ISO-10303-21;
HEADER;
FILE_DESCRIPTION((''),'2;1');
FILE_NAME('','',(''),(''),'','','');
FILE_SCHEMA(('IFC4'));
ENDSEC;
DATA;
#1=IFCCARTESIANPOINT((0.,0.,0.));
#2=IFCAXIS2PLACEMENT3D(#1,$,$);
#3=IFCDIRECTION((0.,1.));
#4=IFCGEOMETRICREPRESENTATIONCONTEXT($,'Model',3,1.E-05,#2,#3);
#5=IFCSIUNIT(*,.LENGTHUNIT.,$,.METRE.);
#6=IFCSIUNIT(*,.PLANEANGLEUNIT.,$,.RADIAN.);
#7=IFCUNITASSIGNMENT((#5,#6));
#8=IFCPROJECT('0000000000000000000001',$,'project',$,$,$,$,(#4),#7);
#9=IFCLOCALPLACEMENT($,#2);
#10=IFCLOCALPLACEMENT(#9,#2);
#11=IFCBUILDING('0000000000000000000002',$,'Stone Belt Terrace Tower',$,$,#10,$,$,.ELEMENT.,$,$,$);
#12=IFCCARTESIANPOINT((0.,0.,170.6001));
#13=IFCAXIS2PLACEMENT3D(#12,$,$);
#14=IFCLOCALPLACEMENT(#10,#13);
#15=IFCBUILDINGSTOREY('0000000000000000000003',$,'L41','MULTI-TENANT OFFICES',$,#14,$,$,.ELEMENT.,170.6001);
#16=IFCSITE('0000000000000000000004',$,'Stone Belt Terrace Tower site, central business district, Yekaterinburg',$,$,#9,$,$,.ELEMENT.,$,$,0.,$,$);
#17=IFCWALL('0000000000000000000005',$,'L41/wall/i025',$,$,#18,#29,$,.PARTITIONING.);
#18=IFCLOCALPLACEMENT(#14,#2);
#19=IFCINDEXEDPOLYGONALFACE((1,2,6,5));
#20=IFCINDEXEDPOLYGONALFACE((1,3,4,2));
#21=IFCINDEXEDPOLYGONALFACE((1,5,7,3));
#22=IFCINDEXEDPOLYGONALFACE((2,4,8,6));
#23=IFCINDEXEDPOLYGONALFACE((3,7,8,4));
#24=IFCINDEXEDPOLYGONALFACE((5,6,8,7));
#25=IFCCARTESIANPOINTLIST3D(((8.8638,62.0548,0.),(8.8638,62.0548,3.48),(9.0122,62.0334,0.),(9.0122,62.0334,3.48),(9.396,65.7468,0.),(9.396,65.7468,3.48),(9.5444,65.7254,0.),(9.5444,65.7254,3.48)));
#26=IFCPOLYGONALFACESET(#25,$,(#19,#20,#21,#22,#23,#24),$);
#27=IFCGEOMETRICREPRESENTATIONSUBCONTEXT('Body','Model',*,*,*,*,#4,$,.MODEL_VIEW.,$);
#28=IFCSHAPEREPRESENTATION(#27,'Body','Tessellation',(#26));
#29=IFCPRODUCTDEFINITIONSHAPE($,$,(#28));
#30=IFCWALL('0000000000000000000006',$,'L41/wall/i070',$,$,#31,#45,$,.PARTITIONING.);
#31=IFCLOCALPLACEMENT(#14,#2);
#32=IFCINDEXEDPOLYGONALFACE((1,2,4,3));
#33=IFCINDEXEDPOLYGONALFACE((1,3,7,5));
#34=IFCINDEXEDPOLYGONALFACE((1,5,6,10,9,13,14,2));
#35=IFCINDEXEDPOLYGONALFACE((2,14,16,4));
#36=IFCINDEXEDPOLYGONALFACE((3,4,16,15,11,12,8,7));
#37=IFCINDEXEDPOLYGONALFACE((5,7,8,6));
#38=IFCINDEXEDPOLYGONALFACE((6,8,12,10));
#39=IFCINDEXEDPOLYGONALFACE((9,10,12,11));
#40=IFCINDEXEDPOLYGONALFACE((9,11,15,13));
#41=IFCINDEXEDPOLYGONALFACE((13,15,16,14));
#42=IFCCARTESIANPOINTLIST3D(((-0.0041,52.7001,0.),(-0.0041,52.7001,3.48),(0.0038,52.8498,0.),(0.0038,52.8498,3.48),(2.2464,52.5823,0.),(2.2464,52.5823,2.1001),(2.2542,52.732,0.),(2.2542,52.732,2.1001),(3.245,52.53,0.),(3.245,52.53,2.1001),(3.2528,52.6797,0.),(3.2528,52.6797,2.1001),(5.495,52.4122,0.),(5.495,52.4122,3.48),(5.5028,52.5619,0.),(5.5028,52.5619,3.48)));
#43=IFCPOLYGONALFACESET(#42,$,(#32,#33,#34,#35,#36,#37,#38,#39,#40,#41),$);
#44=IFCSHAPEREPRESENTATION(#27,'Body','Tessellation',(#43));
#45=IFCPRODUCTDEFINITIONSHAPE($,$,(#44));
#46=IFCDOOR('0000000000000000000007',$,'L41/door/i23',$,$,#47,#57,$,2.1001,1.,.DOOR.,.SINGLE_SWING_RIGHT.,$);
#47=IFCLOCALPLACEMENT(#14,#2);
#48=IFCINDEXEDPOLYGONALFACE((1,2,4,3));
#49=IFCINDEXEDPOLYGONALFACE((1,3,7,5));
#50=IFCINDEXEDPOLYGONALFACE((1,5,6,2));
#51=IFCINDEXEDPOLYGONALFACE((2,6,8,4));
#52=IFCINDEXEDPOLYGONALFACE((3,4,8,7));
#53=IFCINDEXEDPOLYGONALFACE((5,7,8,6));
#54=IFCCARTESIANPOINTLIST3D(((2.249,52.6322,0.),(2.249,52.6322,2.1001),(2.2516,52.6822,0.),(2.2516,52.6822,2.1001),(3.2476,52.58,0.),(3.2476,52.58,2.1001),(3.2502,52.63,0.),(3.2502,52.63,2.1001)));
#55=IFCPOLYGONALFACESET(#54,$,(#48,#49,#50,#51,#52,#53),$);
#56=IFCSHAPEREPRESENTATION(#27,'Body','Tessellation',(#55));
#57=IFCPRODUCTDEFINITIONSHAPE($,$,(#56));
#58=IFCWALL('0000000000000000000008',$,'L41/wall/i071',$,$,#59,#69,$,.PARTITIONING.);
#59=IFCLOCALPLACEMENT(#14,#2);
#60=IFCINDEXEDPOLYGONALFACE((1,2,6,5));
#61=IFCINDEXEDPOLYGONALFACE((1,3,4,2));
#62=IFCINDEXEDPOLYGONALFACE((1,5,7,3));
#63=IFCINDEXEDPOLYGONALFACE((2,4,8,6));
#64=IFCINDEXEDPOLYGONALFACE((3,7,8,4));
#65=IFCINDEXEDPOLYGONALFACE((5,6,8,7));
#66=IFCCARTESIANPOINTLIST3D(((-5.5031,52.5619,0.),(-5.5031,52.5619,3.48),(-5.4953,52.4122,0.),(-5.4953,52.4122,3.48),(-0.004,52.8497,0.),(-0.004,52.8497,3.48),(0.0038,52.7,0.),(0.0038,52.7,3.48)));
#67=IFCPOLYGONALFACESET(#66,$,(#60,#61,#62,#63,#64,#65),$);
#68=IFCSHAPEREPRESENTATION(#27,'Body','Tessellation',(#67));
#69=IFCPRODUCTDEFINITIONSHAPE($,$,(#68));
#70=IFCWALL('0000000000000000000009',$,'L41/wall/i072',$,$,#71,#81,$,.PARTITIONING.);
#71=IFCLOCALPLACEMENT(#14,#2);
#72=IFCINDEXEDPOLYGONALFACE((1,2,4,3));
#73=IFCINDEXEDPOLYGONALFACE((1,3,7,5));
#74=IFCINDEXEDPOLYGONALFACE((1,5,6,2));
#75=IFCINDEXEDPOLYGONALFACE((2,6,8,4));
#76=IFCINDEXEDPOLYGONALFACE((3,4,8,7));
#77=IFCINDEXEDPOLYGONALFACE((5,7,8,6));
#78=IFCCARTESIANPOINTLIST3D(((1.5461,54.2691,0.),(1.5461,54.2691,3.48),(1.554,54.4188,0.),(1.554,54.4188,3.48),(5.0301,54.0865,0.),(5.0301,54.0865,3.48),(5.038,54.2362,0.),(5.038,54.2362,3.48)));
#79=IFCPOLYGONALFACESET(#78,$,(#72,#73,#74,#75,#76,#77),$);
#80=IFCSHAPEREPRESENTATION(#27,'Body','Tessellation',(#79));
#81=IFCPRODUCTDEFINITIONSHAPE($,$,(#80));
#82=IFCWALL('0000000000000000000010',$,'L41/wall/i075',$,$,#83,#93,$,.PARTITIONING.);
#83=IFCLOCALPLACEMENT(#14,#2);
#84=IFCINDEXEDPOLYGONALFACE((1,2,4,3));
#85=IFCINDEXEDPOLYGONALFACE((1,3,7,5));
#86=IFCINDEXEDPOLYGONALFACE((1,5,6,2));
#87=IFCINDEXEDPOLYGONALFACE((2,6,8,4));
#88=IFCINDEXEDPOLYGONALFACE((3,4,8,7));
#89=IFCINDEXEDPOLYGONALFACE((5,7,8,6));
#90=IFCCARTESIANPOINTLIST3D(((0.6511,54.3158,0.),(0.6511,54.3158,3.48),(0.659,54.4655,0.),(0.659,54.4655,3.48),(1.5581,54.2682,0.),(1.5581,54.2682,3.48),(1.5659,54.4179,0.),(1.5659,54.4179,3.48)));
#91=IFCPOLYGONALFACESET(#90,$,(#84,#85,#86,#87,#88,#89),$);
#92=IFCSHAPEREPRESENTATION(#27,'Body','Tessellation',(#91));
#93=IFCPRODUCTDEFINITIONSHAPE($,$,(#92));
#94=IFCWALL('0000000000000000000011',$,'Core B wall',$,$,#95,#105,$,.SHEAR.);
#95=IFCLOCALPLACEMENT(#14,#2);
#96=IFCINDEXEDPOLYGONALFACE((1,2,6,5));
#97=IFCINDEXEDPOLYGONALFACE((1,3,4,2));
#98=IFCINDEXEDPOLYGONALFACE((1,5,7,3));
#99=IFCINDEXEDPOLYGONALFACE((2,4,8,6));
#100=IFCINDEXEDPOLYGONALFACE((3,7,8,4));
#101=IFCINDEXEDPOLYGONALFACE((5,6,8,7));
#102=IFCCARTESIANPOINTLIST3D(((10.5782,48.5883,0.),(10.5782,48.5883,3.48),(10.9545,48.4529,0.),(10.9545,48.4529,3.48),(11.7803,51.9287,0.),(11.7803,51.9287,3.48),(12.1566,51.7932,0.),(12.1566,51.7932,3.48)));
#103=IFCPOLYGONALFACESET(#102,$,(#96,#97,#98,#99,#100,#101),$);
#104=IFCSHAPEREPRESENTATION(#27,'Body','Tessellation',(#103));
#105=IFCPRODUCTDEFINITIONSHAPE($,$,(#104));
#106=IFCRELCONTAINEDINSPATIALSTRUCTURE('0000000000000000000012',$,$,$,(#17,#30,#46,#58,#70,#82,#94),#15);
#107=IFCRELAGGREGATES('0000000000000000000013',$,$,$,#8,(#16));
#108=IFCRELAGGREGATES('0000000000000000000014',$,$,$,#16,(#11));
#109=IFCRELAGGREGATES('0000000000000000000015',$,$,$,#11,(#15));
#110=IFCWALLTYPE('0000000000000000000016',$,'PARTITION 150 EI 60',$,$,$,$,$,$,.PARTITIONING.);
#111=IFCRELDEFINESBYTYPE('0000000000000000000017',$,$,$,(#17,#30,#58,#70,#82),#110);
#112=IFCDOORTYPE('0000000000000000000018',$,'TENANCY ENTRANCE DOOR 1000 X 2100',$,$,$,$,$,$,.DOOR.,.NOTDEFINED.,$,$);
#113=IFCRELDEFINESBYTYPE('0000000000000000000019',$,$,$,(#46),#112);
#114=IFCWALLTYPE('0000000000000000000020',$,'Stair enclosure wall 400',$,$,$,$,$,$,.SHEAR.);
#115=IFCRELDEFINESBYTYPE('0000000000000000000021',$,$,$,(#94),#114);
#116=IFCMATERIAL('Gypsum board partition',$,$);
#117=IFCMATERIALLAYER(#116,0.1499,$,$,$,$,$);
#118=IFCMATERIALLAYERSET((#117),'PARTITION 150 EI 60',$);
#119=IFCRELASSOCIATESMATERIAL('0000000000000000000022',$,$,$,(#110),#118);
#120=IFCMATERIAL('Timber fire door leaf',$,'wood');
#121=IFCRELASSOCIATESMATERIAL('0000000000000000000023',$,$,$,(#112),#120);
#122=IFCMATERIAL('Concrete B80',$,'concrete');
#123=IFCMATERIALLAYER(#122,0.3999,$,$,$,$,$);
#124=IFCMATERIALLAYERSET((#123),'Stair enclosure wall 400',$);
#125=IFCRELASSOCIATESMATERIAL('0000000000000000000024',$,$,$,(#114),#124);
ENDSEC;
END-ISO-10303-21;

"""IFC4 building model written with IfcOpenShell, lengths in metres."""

from ifc_helpers import new_model, si_unit, direction, frame, frame_2d, origin, place, context, subcontext, project, spatial, rectangle, extrude, material, layer, layer_set, type_object, element, fill, save


model = new_model("IFC4")

# Units and contexts
model_context = context("Model", 3, precision=1e-05, world=origin(), true_north=direction((0.0, 1.0)))
body_context = subcontext(model_context, "Body", "Model", "MODEL_VIEW")
ifc_project = project(units=[si_unit("LENGTHUNIT", "METRE"), si_unit("PLANEANGLEUNIT", "RADIAN")], contexts=[model_context])

# Site, building, storey
site_placement = place(None, origin())
site = spatial("IfcSite", under=ifc_project, at=site_placement, Name="Stone Belt Terrace Tower site, central business district, Yekaterinburg", CompositionType="ELEMENT", RefElevation=0.0)
building_placement = place(site_placement, origin())
building = spatial("IfcBuilding", under=site, at=building_placement, Name="Stone Belt Terrace Tower", CompositionType="ELEMENT")
storey_placement = place(building_placement, frame((0.0, 0.0, 170.6001)))
storey = spatial("IfcBuildingStorey", under=building, at=storey_placement, Name="L41", Description="MULTI-TENANT OFFICES", CompositionType="ELEMENT", Elevation=170.6001)

# Shared definitions
ifc_material_1 = material(Name="Concrete B80", Category="concrete")

# Shared definitions
ifc_material_2 = material(Name="Gypsum board partition")

# Shared definitions
ifc_layer_1 = layer(ifc_material_2, 0.1499)
ifc_layer_set_1 = layer_set([ifc_layer_1], Name="PARTITION 150 EI 60")
wall_type_1 = type_object("IfcWallType", Name="PARTITION 150 EI 60", PredefinedType="PARTITIONING", material=ifc_layer_set_1)

# Shared definitions
ifc_material_3 = material(Name="Timber fire door leaf", Category="wood")
door_type_1 = type_object("IfcDoorType", Name="TENANCY ENTRANCE DOOR 1000 X 2100", OperationType="NOTDEFINED", PredefinedType="DOOR", material=ifc_material_3)

# Wall
wall_1_placement = place(storey_placement, frame((8.938, 62.0439, 0.0), z_axis=(0.0, 0.0, 1.0), x_axis=(0.142677, 0.989769, 0.0)))
element("IfcWall", 1, at=wall_1_placement, inside=storey, type_object=wall_type_1, Name="L41/wall/i025", PredefinedType="PARTITIONING", context=body_context, shape_type="SweptSolid", body=[
    extrude(rectangle(XDim=3.7302, YDim=0.1499, at=frame_2d((1.8652, 0.0))), origin(), (0.0, 0.0, 1.0), 3.48),
])

# Wall, opening, door
wall_2_placement = place(storey_placement, frame((5.499, 52.4871, 0.0), z_axis=(0.0, 0.0, 1.0), x_axis=(-0.998633, 0.052273, 0.0)))
wall_2 = element("IfcWall", 2, at=wall_2_placement, inside=storey, type_object=wall_type_1, Name="L41/wall/i070", PredefinedType="PARTITIONING", context=body_context, shape_type="SweptSolid", body=[
    extrude(rectangle(XDim=5.5066, YDim=0.1499, at=frame_2d((2.7534, 0.0))), origin(), (0.0, 0.0, 1.0), 3.48),
])
opening_1_placement = place(wall_2_placement, frame((2.2532, 0.0, 0.0)))
opening_1 = element("IfcOpeningElement", 3, at=opening_1_placement, cuts=wall_2, PredefinedType="OPENING", context=body_context, shape_type="SweptSolid", body=[
    extrude(rectangle(XDim=1.0, YDim=2.1001, at=frame_2d((0.5, 1.05))), frame((0.0, 0.085, 0.0), z_axis=(0.0, -1.0, 0.0), x_axis=(1.0, 0.0, 0.0)), (0.0, 0.0, 1.0), 0.1699),
])
door_1_placement = place(opening_1_placement, origin())
door_1 = element("IfcDoor", 4, at=door_1_placement, inside=storey, type_object=door_type_1, Name="L41/door/i23", OperationType="SINGLE_SWING_RIGHT", OverallHeight=2.1001, OverallWidth=1.0, PredefinedType="DOOR", context=body_context, shape_type="SweptSolid", body=[
    extrude(rectangle(XDim=1.0, YDim=2.1001, at=frame_2d((0.5, 1.05))), frame((0.0, 0.0249, 0.0), z_axis=(0.0, -1.0, 0.0), x_axis=(1.0, 0.0, 0.0)), (0.0, 0.0, 1.0), 0.05),
])
fill(opening_1, door_1)

# Walls
wall_3_placement = place(storey_placement, frame((0.0, 52.7749, 0.0), z_axis=(0.0, 0.0, 1.0), x_axis=(-0.998633, -0.052273, 0.0)))
element("IfcWall", 5, at=wall_3_placement, inside=storey, type_object=wall_type_1, Name="L41/wall/i071", PredefinedType="PARTITIONING", context=body_context, shape_type="SweptSolid", body=[
    extrude(rectangle(XDim=5.5066, YDim=0.1499, at=frame_2d((2.7534, 0.0))), origin(), (0.0, 0.0, 1.0), 3.48),
])
wall_4_placement = place(storey_placement, frame((1.55, 54.344, 0.0), z_axis=(0.0, 0.0, 1.0), x_axis=(0.998629, -0.052346, 0.0)))
element("IfcWall", 6, at=wall_4_placement, inside=storey, type_object=wall_type_1, Name="L41/wall/i072", PredefinedType="PARTITIONING", context=body_context, shape_type="SweptSolid", body=[
    extrude(rectangle(XDim=3.4888, YDim=0.1499, at=frame_2d((1.7444, 0.0))), origin(), (0.0, 0.0, 1.0), 3.48),
])
wall_5_placement = place(storey_placement, frame((0.655, 54.3906, 0.0), z_axis=(0.0, 0.0, 1.0), x_axis=(0.998625, -0.052418, 0.0)))
element("IfcWall", 7, at=wall_5_placement, inside=storey, type_object=wall_type_1, Name="L41/wall/i075", PredefinedType="PARTITIONING", context=body_context, shape_type="SweptSolid", body=[
    extrude(rectangle(XDim=0.9082, YDim=0.1499, at=frame_2d((0.4541, 0.0))), origin(), (0.0, 0.0, 1.0), 3.48),
])
ifc_layer_2 = layer(ifc_material_1, 0.3999)
ifc_layer_set_2 = layer_set([ifc_layer_2], Name="Stair enclosure wall 400")
wall_type_2 = type_object("IfcWallType", Name="Stair enclosure wall 400", PredefinedType="SHEAR", material=ifc_layer_set_2)
wall_6_placement = place(storey_placement, frame((10.7664, 48.5208, 0.0), z_axis=(0.0, 0.0, 1.0), x_axis=(0.338627, 0.940921, 0.0)))
element("IfcWall", 8, at=wall_6_placement, inside=storey, type_object=wall_type_2, Name="Core B wall", PredefinedType="SHEAR", context=body_context, shape_type="SweptSolid", body=[
    extrude(rectangle(XDim=3.55, YDim=0.3999, at=frame_2d((1.7749, 0.0))), origin(), (0.0, 0.0, 1.0), 3.48),
])

save(model, "model.ifc")
